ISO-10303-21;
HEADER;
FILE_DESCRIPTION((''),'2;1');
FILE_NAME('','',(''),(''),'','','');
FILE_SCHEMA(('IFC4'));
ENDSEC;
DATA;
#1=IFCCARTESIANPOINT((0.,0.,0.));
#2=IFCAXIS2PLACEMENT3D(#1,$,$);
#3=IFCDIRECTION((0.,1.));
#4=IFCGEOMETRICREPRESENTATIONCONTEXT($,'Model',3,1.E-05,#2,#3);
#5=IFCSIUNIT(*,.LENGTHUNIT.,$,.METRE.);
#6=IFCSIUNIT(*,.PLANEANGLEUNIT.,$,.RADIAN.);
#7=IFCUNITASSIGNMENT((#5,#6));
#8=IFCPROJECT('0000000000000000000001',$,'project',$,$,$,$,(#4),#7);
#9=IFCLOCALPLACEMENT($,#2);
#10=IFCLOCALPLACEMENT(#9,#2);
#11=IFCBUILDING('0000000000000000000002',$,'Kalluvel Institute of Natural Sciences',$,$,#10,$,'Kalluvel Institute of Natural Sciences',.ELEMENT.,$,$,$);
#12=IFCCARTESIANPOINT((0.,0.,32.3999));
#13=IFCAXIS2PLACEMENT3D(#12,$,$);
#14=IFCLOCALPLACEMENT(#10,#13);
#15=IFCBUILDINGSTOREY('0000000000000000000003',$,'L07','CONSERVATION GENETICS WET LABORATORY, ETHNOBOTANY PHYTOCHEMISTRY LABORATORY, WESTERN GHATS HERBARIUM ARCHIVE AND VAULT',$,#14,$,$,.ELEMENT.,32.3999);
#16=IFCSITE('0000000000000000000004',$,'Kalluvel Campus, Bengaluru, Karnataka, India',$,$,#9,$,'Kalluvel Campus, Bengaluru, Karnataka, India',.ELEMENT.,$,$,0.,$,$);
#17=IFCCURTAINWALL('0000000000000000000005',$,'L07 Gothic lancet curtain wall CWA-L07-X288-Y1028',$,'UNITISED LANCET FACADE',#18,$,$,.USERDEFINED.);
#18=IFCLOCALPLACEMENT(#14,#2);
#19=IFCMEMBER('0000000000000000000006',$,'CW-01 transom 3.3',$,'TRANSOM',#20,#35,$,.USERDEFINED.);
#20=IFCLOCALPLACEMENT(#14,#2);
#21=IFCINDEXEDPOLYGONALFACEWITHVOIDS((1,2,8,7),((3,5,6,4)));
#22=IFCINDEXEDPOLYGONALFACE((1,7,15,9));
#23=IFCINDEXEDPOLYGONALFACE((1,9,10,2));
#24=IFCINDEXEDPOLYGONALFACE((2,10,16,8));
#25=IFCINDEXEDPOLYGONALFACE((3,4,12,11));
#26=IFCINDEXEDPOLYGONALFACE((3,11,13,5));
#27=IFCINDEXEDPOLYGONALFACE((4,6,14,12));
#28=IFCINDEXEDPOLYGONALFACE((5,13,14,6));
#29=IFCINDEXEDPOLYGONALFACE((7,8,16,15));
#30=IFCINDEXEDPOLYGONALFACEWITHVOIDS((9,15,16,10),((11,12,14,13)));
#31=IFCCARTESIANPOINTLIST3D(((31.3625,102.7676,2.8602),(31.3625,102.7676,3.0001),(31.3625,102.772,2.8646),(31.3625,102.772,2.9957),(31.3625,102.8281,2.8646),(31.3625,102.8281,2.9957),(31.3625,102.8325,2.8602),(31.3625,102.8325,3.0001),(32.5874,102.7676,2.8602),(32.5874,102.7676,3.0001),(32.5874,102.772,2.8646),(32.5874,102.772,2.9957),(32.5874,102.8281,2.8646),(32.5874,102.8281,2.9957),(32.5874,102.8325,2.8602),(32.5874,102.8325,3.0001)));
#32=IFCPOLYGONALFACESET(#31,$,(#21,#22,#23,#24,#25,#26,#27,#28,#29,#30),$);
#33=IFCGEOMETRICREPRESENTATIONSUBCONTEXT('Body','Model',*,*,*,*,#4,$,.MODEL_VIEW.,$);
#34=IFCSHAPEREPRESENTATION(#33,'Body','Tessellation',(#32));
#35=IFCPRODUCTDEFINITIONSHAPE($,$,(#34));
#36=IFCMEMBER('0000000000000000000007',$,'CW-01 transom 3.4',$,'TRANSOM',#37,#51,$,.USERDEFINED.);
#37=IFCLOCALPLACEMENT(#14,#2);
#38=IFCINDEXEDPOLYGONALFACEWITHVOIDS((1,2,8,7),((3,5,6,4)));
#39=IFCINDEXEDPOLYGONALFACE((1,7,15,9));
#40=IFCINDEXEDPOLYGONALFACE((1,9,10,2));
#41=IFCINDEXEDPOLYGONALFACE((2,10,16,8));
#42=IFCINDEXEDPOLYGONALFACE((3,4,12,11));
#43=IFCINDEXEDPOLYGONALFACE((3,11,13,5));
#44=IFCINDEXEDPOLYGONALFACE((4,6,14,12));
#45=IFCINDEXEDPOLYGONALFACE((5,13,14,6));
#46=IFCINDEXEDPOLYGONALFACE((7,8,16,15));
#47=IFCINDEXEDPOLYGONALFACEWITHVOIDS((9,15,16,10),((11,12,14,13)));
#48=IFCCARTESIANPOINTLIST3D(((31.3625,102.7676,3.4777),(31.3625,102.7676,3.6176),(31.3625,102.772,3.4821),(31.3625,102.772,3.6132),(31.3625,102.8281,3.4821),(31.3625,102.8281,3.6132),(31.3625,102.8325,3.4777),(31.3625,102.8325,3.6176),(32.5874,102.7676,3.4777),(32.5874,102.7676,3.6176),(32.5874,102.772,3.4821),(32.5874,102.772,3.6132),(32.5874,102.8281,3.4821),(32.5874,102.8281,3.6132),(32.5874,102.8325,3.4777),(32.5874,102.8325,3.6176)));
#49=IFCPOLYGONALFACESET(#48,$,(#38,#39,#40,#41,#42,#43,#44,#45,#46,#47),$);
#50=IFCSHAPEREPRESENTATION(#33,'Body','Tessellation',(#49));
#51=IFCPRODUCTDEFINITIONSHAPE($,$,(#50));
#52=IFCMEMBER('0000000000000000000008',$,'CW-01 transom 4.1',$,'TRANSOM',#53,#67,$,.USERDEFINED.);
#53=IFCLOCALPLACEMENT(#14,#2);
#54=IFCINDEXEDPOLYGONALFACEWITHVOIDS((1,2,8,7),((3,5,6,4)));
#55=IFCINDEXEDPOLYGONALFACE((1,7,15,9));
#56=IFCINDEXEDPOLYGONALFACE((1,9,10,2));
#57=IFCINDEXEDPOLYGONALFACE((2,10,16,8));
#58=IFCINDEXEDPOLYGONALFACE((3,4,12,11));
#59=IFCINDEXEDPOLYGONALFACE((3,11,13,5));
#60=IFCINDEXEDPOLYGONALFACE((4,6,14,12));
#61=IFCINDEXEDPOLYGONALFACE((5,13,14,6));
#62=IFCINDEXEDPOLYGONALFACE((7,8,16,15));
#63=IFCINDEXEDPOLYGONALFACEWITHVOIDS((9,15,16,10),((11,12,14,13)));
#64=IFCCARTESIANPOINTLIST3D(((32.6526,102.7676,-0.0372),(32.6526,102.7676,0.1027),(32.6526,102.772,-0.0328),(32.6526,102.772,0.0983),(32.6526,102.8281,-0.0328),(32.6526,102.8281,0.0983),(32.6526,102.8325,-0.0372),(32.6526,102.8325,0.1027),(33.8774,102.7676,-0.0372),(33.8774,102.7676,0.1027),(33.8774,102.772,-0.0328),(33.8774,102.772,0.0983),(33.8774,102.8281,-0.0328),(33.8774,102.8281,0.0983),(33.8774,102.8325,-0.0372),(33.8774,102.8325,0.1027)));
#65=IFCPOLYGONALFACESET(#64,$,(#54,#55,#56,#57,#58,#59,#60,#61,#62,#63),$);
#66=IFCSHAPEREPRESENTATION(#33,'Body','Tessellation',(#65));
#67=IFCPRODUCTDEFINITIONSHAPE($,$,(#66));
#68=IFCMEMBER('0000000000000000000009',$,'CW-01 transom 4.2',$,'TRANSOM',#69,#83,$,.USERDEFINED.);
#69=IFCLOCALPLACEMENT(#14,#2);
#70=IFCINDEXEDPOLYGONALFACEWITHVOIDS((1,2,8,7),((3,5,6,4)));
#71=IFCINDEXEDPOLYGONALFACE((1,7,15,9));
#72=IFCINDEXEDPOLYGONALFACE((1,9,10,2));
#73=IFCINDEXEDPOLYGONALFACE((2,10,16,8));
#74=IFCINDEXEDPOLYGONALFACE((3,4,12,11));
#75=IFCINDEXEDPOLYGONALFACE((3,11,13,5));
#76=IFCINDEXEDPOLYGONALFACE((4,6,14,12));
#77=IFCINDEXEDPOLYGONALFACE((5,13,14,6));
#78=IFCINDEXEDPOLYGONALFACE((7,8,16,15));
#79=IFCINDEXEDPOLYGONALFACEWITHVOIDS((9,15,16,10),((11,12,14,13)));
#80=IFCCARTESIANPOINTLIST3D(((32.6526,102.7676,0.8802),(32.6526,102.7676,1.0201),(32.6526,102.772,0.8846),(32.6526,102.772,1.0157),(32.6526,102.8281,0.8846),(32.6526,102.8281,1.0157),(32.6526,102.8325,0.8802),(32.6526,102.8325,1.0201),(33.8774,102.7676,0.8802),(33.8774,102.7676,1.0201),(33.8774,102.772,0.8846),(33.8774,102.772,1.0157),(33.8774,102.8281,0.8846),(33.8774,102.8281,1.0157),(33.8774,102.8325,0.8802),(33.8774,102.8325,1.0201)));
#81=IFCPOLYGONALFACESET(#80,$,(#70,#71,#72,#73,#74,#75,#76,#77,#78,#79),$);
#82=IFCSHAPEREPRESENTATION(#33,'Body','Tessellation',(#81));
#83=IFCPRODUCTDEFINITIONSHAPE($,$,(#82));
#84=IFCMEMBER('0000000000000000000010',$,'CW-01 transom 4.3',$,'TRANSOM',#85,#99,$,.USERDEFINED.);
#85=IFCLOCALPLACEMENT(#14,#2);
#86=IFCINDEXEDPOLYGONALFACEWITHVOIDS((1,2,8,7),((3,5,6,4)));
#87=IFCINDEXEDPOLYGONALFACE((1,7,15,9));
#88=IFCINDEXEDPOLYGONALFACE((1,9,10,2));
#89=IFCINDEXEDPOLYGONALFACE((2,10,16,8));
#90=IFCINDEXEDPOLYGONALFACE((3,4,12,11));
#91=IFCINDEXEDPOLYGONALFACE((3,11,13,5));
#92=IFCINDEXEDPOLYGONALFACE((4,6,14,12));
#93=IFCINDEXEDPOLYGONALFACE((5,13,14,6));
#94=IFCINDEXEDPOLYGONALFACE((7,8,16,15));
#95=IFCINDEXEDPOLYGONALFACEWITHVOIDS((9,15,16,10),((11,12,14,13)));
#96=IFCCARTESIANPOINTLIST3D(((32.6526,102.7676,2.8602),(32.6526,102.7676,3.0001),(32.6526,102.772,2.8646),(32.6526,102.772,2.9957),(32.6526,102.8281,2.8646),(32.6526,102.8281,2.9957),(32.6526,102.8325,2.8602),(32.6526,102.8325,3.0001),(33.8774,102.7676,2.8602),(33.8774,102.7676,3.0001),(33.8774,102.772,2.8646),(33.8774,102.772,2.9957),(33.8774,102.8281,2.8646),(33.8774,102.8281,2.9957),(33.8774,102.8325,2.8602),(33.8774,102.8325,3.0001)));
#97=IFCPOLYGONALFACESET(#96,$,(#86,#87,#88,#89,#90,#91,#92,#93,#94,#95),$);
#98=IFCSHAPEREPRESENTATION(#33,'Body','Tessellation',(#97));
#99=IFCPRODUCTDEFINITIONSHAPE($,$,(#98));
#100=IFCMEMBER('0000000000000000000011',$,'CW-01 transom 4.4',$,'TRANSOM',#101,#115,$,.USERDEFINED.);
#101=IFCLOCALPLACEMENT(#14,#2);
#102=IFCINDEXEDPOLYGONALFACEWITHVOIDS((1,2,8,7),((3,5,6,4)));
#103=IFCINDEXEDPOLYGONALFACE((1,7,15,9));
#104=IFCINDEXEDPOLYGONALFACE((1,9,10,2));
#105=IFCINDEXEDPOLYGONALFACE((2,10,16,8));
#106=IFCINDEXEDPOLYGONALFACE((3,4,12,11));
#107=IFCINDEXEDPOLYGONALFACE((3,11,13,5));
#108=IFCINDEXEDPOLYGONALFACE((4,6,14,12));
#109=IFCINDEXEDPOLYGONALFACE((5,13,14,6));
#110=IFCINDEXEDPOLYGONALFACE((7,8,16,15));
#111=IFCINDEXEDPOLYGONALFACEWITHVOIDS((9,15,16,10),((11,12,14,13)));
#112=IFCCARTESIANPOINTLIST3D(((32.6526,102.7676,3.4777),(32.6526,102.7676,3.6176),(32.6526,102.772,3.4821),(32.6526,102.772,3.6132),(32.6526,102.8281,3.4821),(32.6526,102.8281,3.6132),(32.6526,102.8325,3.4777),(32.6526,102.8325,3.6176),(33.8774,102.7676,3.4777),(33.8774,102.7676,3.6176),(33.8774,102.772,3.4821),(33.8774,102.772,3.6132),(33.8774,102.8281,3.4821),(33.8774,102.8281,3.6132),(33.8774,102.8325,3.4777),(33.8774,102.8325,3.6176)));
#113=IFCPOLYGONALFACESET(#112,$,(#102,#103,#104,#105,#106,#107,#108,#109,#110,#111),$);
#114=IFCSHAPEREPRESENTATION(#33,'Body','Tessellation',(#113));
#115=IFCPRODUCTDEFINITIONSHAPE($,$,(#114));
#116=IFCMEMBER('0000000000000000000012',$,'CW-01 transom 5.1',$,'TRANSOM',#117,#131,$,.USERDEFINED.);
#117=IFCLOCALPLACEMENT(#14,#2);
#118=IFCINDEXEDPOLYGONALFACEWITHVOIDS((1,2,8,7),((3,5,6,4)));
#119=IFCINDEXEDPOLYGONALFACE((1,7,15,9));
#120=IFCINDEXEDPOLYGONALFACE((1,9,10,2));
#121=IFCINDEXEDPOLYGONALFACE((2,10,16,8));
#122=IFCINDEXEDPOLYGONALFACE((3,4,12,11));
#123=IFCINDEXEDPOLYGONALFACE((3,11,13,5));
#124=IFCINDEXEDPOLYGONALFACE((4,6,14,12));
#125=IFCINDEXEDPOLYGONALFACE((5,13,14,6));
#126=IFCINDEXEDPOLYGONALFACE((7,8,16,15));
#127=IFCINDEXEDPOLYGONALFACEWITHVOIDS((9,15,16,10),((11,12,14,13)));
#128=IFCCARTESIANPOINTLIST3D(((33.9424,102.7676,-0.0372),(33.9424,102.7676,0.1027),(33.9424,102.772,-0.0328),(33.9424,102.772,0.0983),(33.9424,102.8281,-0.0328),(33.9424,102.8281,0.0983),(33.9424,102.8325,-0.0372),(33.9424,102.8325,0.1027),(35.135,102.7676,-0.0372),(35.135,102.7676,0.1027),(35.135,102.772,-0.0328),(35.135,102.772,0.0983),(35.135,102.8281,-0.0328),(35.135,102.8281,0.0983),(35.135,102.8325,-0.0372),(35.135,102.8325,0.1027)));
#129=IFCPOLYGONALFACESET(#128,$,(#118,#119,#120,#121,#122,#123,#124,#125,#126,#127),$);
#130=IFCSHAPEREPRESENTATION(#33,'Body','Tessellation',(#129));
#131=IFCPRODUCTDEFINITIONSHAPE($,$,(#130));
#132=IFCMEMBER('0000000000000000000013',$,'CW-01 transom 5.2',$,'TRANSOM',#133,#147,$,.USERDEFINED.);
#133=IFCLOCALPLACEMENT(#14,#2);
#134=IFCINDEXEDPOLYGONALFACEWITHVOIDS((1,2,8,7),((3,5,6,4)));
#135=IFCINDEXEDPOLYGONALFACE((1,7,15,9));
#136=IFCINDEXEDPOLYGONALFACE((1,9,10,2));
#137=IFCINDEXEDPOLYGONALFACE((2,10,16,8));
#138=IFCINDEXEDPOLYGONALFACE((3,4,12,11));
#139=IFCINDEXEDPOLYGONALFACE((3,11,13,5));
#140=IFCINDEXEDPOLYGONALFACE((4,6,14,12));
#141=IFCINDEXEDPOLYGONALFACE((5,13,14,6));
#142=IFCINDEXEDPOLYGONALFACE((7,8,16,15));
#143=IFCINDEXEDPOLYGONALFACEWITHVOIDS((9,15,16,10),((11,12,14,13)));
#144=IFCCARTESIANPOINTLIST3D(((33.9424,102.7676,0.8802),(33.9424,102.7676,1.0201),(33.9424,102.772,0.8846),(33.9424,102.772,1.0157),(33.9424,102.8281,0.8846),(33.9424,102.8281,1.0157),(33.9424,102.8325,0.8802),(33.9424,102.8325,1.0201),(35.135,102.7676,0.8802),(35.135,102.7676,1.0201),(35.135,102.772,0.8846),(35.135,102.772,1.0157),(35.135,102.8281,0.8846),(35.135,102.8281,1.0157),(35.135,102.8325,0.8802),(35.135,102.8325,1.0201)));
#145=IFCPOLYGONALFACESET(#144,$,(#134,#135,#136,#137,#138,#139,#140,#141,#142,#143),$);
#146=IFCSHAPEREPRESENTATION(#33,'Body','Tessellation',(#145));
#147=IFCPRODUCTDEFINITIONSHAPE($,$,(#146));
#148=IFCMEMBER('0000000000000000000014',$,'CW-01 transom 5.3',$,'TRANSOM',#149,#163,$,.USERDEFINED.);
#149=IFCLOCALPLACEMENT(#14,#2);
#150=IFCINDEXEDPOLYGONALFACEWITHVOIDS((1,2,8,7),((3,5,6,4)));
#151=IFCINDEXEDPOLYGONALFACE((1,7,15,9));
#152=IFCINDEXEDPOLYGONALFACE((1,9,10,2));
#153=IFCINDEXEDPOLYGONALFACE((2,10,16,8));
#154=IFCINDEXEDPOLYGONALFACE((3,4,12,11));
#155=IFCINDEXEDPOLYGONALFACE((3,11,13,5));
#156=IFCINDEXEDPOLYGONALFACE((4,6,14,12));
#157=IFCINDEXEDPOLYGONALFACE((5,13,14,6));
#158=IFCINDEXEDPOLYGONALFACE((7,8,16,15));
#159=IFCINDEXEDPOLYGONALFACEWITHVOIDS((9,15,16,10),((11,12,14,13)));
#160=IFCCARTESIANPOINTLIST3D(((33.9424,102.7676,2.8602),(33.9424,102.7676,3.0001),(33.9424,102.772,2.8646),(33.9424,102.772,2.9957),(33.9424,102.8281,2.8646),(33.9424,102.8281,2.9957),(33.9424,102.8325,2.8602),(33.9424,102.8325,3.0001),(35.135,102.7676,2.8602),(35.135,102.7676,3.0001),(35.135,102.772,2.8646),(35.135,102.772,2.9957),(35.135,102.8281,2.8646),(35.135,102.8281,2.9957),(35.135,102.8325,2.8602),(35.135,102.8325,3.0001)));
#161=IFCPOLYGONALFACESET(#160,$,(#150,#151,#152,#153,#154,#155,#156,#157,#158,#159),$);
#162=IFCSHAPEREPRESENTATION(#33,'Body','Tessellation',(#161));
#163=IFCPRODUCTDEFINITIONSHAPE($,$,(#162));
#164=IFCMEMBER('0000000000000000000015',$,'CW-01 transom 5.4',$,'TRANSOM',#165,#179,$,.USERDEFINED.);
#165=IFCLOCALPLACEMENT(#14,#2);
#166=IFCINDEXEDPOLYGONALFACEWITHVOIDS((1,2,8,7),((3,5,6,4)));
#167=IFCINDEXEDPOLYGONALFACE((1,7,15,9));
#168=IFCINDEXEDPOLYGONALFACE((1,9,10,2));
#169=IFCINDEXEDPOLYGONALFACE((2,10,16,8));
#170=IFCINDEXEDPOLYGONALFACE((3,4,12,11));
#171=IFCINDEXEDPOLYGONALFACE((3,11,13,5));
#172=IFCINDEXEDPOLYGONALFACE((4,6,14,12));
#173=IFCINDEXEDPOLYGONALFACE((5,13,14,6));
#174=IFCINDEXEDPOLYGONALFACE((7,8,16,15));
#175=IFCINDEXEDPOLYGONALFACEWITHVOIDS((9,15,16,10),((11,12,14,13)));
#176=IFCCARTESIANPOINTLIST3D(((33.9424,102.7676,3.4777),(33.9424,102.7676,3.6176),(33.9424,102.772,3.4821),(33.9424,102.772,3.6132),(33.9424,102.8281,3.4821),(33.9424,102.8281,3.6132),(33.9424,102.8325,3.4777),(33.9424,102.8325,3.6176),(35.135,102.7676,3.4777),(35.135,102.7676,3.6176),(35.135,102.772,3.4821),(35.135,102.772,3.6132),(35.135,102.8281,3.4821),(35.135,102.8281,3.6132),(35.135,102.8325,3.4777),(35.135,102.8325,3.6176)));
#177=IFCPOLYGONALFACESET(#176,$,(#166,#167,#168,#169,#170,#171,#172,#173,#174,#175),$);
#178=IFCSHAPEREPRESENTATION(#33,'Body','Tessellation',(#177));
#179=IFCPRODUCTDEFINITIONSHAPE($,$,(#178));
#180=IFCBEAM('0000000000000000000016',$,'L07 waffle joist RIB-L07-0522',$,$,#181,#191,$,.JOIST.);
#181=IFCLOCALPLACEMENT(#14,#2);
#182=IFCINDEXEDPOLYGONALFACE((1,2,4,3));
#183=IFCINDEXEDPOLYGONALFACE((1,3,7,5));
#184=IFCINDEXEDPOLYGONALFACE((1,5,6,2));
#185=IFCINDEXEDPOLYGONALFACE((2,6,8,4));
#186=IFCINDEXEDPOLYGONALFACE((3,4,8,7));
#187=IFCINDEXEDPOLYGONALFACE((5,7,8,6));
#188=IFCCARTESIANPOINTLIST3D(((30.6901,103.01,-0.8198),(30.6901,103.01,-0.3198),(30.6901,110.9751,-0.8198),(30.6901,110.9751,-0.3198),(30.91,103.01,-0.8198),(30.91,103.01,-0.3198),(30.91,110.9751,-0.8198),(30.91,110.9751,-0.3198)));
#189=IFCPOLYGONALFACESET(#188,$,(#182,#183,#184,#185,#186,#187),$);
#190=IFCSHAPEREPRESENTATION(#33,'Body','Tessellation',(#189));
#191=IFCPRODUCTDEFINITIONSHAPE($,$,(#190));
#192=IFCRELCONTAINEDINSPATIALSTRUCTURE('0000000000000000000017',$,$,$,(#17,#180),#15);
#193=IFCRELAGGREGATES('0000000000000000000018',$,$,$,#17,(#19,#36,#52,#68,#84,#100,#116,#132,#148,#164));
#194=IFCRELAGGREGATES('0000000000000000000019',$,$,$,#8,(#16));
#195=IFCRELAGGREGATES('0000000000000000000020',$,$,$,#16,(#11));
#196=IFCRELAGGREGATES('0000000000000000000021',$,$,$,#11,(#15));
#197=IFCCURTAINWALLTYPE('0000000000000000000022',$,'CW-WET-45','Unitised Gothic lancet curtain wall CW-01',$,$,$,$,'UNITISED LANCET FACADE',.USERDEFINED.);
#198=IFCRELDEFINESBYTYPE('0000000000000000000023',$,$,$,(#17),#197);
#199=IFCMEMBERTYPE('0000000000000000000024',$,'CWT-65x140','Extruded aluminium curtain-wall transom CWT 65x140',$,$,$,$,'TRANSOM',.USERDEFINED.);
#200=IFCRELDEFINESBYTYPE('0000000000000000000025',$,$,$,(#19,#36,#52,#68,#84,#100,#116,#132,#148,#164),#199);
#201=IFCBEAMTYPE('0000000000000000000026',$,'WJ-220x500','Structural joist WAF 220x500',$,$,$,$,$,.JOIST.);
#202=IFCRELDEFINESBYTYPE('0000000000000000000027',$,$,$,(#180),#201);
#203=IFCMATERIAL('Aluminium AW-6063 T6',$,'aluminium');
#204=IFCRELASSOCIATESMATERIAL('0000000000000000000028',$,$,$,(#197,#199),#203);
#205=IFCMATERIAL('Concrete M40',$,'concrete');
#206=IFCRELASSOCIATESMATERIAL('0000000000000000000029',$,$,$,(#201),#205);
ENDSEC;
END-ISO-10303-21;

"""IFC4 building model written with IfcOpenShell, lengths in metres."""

from ifc_helpers import new_model, si_unit, direction, frame, origin, origin_2d, place, context, subcontext, project, spatial, rectangle, hollow_rectangle, extrude, material, material_profile, profile_set, type_object, element, aggregate, save


model = new_model("IFC4")

# Units and contexts
model_context = context("Model", 3, precision=1e-05, world=origin(), true_north=direction((0.0, 1.0)))
body_context = subcontext(model_context, "Body", "Model", "MODEL_VIEW")
ifc_project = project(units=[si_unit("LENGTHUNIT", "METRE"), si_unit("PLANEANGLEUNIT", "RADIAN")], contexts=[model_context])

# Site, building, storey
site_placement = place(None, origin())
site = spatial("IfcSite", under=ifc_project, at=site_placement, Name="Kalluvel Campus, Bengaluru, Karnataka, India", LongName="Kalluvel Campus, Bengaluru, Karnataka, India", CompositionType="ELEMENT", RefElevation=0.0)
building_placement = place(site_placement, origin())
building = spatial("IfcBuilding", under=site, at=building_placement, Name="Kalluvel Institute of Natural Sciences", LongName="Kalluvel Institute of Natural Sciences", CompositionType="ELEMENT")
storey_placement = place(building_placement, frame((0.0, 0.0, 32.3999)))
storey = spatial("IfcBuildingStorey", under=building, at=storey_placement, Name="L07", Description="CONSERVATION GENETICS WET LABORATORY, ETHNOBOTANY PHYTOCHEMISTRY LABORATORY, WESTERN GHATS HERBARIUM ARCHIVE AND VAULT", CompositionType="ELEMENT", Elevation=32.3999)

# Curtain wall, members
ifc_material_1 = material(Name="Aluminium AW-6063 T6", Category="aluminium")
curtain_wall_type = type_object("IfcCurtainWallType", Name="CW-WET-45", Description="Unitised Gothic lancet curtain wall CW-01", ElementType="UNITISED LANCET FACADE", PredefinedType="USERDEFINED", material=ifc_material_1)
curtain_wall_placement = place(storey_placement, origin())
curtain_wall = element("IfcCurtainWall", 1, at=curtain_wall_placement, inside=storey, type_object=curtain_wall_type, Name="L07 Gothic lancet curtain wall CWA-L07-X288-Y1028", ObjectType="UNITISED LANCET FACADE", PredefinedType="USERDEFINED")
ifc_material_profile_1 = material_profile(ifc_material_1, hollow_rectangle(XDim=0.0649, YDim=0.1399, WallThickness=0.0044, at=origin_2d()), Name="CWT 65x140")
ifc_profile_set_1 = profile_set([ifc_material_profile_1], Name="Aluminium AW-6063 T6")
member_type_1 = type_object("IfcMemberType", Name="CWT-65x140", Description="Extruded aluminium curtain-wall transom CWT 65x140", ElementType="TRANSOM", PredefinedType="USERDEFINED", material=ifc_profile_set_1)
member_1_placement = place(storey_placement, frame((31.3625, 102.8, 2.9302), z_axis=(1.0, 0.0, 0.0), x_axis=(0.0, 1.0, 0.0)))
member_1 = element("IfcMember", 2, at=member_1_placement, type_object=member_type_1, Name="CW-01 transom 3.3", ObjectType="TRANSOM", PredefinedType="USERDEFINED", context=body_context, shape_type="SweptSolid", body=[
    extrude(hollow_rectangle(XDim=0.0649, YDim=0.1399, WallThickness=0.0044, at=origin_2d()), origin(), (0.0, 0.0, 1.0), 1.2249),
])
member_2_placement = place(storey_placement, frame((31.3625, 102.8, 3.5476), z_axis=(1.0, 0.0, 0.0), x_axis=(0.0, 1.0, 0.0)))
member_2 = element("IfcMember", 3, at=member_2_placement, type_object=member_type_1, Name="CW-01 transom 3.4", ObjectType="TRANSOM", PredefinedType="USERDEFINED", context=body_context, shape_type="SweptSolid", body=[
    extrude(hollow_rectangle(XDim=0.0649, YDim=0.1399, WallThickness=0.0044, at=origin_2d()), origin(), (0.0, 0.0, 1.0), 1.2249),
])
member_3_placement = place(storey_placement, frame((32.6526, 102.8, 0.0327), z_axis=(1.0, 0.0, 0.0), x_axis=(0.0, 1.0, 0.0)))
member_3 = element("IfcMember", 4, at=member_3_placement, type_object=member_type_1, Name="CW-01 transom 4.1", ObjectType="TRANSOM", PredefinedType="USERDEFINED", context=body_context, shape_type="SweptSolid", body=[
    extrude(hollow_rectangle(XDim=0.0649, YDim=0.1399, WallThickness=0.0044, at=origin_2d()), origin(), (0.0, 0.0, 1.0), 1.2249),
])
member_4_placement = place(storey_placement, frame((32.6526, 102.8, 0.9502), z_axis=(1.0, 0.0, 0.0), x_axis=(0.0, 1.0, 0.0)))
member_4 = element("IfcMember", 5, at=member_4_placement, type_object=member_type_1, Name="CW-01 transom 4.2", ObjectType="TRANSOM", PredefinedType="USERDEFINED", context=body_context, shape_type="SweptSolid", body=[
    extrude(hollow_rectangle(XDim=0.0649, YDim=0.1399, WallThickness=0.0044, at=origin_2d()), origin(), (0.0, 0.0, 1.0), 1.2249),
])
member_5_placement = place(storey_placement, frame((32.6526, 102.8, 2.9302), z_axis=(1.0, 0.0, 0.0), x_axis=(0.0, 1.0, 0.0)))
member_5 = element("IfcMember", 6, at=member_5_placement, type_object=member_type_1, Name="CW-01 transom 4.3", ObjectType="TRANSOM", PredefinedType="USERDEFINED", context=body_context, shape_type="SweptSolid", body=[
    extrude(hollow_rectangle(XDim=0.0649, YDim=0.1399, WallThickness=0.0044, at=origin_2d()), origin(), (0.0, 0.0, 1.0), 1.2249),
])
member_6_placement = place(storey_placement, frame((32.6526, 102.8, 3.5476), z_axis=(1.0, 0.0, 0.0), x_axis=(0.0, 1.0, 0.0)))
member_6 = element("IfcMember", 7, at=member_6_placement, type_object=member_type_1, Name="CW-01 transom 4.4", ObjectType="TRANSOM", PredefinedType="USERDEFINED", context=body_context, shape_type="SweptSolid", body=[
    extrude(hollow_rectangle(XDim=0.0649, YDim=0.1399, WallThickness=0.0044, at=origin_2d()), origin(), (0.0, 0.0, 1.0), 1.2249),
])
member_7_placement = place(storey_placement, frame((33.9424, 102.8, 0.0327), z_axis=(1.0, 0.0, 0.0), x_axis=(0.0, 1.0, 0.0)))
member_7 = element("IfcMember", 8, at=member_7_placement, type_object=member_type_1, Name="CW-01 transom 5.1", ObjectType="TRANSOM", PredefinedType="USERDEFINED", context=body_context, shape_type="SweptSolid", body=[
    extrude(hollow_rectangle(XDim=0.0649, YDim=0.1399, WallThickness=0.0044, at=origin_2d()), origin(), (0.0, 0.0, 1.0), 1.1926),
])
member_8_placement = place(storey_placement, frame((33.9424, 102.8, 0.9502), z_axis=(1.0, 0.0, 0.0), x_axis=(0.0, 1.0, 0.0)))
member_8 = element("IfcMember", 9, at=member_8_placement, type_object=member_type_1, Name="CW-01 transom 5.2", ObjectType="TRANSOM", PredefinedType="USERDEFINED", context=body_context, shape_type="SweptSolid", body=[
    extrude(hollow_rectangle(XDim=0.0649, YDim=0.1399, WallThickness=0.0044, at=origin_2d()), origin(), (0.0, 0.0, 1.0), 1.1926),
])
member_9_placement = place(storey_placement, frame((33.9424, 102.8, 2.9302), z_axis=(1.0, 0.0, 0.0), x_axis=(0.0, 1.0, 0.0)))
member_9 = element("IfcMember", 10, at=member_9_placement, type_object=member_type_1, Name="CW-01 transom 5.3", ObjectType="TRANSOM", PredefinedType="USERDEFINED", context=body_context, shape_type="SweptSolid", body=[
    extrude(hollow_rectangle(XDim=0.0649, YDim=0.1399, WallThickness=0.0044, at=origin_2d()), origin(), (0.0, 0.0, 1.0), 1.1926),
])
member_10_placement = place(storey_placement, frame((33.9424, 102.8, 3.5476), z_axis=(1.0, 0.0, 0.0), x_axis=(0.0, 1.0, 0.0)))
member_10 = element("IfcMember", 11, at=member_10_placement, type_object=member_type_1, Name="CW-01 transom 5.4", ObjectType="TRANSOM", PredefinedType="USERDEFINED", context=body_context, shape_type="SweptSolid", body=[
    extrude(hollow_rectangle(XDim=0.0649, YDim=0.1399, WallThickness=0.0044, at=origin_2d()), origin(), (0.0, 0.0, 1.0), 1.1926),
])

# Beam
ifc_material_2 = material(Name="Concrete M40", Category="concrete")
ifc_material_profile_2 = material_profile(ifc_material_2, rectangle(XDim=0.22, YDim=0.5, at=origin_2d()), Name="WAF 220x500")
ifc_profile_set_2 = profile_set([ifc_material_profile_2], Name="Concrete M40")
beam_type_1 = type_object("IfcBeamType", Name="WJ-220x500", Description="Structural joist WAF 220x500", PredefinedType="JOIST", material=ifc_profile_set_2)
beam_1_placement = place(storey_placement, frame((30.8, 103.01, -0.5698), z_axis=(0.0, 1.0, 0.0), x_axis=(-1.0, 0.0, 0.0)))
element("IfcBeam", 12, at=beam_1_placement, inside=storey, type_object=beam_type_1, Name="L07 waffle joist RIB-L07-0522", PredefinedType="JOIST", context=body_context, shape_type="SweptSolid", body=[
    extrude(rectangle(XDim=0.22, YDim=0.5, at=origin_2d()), origin(), (0.0, 0.0, 1.0), 7.9651),
])

aggregate(curtain_wall, [member_1, member_2, member_3, member_4, member_5, member_6, member_7, member_8, member_9, member_10])

save(model, "model.ifc")
